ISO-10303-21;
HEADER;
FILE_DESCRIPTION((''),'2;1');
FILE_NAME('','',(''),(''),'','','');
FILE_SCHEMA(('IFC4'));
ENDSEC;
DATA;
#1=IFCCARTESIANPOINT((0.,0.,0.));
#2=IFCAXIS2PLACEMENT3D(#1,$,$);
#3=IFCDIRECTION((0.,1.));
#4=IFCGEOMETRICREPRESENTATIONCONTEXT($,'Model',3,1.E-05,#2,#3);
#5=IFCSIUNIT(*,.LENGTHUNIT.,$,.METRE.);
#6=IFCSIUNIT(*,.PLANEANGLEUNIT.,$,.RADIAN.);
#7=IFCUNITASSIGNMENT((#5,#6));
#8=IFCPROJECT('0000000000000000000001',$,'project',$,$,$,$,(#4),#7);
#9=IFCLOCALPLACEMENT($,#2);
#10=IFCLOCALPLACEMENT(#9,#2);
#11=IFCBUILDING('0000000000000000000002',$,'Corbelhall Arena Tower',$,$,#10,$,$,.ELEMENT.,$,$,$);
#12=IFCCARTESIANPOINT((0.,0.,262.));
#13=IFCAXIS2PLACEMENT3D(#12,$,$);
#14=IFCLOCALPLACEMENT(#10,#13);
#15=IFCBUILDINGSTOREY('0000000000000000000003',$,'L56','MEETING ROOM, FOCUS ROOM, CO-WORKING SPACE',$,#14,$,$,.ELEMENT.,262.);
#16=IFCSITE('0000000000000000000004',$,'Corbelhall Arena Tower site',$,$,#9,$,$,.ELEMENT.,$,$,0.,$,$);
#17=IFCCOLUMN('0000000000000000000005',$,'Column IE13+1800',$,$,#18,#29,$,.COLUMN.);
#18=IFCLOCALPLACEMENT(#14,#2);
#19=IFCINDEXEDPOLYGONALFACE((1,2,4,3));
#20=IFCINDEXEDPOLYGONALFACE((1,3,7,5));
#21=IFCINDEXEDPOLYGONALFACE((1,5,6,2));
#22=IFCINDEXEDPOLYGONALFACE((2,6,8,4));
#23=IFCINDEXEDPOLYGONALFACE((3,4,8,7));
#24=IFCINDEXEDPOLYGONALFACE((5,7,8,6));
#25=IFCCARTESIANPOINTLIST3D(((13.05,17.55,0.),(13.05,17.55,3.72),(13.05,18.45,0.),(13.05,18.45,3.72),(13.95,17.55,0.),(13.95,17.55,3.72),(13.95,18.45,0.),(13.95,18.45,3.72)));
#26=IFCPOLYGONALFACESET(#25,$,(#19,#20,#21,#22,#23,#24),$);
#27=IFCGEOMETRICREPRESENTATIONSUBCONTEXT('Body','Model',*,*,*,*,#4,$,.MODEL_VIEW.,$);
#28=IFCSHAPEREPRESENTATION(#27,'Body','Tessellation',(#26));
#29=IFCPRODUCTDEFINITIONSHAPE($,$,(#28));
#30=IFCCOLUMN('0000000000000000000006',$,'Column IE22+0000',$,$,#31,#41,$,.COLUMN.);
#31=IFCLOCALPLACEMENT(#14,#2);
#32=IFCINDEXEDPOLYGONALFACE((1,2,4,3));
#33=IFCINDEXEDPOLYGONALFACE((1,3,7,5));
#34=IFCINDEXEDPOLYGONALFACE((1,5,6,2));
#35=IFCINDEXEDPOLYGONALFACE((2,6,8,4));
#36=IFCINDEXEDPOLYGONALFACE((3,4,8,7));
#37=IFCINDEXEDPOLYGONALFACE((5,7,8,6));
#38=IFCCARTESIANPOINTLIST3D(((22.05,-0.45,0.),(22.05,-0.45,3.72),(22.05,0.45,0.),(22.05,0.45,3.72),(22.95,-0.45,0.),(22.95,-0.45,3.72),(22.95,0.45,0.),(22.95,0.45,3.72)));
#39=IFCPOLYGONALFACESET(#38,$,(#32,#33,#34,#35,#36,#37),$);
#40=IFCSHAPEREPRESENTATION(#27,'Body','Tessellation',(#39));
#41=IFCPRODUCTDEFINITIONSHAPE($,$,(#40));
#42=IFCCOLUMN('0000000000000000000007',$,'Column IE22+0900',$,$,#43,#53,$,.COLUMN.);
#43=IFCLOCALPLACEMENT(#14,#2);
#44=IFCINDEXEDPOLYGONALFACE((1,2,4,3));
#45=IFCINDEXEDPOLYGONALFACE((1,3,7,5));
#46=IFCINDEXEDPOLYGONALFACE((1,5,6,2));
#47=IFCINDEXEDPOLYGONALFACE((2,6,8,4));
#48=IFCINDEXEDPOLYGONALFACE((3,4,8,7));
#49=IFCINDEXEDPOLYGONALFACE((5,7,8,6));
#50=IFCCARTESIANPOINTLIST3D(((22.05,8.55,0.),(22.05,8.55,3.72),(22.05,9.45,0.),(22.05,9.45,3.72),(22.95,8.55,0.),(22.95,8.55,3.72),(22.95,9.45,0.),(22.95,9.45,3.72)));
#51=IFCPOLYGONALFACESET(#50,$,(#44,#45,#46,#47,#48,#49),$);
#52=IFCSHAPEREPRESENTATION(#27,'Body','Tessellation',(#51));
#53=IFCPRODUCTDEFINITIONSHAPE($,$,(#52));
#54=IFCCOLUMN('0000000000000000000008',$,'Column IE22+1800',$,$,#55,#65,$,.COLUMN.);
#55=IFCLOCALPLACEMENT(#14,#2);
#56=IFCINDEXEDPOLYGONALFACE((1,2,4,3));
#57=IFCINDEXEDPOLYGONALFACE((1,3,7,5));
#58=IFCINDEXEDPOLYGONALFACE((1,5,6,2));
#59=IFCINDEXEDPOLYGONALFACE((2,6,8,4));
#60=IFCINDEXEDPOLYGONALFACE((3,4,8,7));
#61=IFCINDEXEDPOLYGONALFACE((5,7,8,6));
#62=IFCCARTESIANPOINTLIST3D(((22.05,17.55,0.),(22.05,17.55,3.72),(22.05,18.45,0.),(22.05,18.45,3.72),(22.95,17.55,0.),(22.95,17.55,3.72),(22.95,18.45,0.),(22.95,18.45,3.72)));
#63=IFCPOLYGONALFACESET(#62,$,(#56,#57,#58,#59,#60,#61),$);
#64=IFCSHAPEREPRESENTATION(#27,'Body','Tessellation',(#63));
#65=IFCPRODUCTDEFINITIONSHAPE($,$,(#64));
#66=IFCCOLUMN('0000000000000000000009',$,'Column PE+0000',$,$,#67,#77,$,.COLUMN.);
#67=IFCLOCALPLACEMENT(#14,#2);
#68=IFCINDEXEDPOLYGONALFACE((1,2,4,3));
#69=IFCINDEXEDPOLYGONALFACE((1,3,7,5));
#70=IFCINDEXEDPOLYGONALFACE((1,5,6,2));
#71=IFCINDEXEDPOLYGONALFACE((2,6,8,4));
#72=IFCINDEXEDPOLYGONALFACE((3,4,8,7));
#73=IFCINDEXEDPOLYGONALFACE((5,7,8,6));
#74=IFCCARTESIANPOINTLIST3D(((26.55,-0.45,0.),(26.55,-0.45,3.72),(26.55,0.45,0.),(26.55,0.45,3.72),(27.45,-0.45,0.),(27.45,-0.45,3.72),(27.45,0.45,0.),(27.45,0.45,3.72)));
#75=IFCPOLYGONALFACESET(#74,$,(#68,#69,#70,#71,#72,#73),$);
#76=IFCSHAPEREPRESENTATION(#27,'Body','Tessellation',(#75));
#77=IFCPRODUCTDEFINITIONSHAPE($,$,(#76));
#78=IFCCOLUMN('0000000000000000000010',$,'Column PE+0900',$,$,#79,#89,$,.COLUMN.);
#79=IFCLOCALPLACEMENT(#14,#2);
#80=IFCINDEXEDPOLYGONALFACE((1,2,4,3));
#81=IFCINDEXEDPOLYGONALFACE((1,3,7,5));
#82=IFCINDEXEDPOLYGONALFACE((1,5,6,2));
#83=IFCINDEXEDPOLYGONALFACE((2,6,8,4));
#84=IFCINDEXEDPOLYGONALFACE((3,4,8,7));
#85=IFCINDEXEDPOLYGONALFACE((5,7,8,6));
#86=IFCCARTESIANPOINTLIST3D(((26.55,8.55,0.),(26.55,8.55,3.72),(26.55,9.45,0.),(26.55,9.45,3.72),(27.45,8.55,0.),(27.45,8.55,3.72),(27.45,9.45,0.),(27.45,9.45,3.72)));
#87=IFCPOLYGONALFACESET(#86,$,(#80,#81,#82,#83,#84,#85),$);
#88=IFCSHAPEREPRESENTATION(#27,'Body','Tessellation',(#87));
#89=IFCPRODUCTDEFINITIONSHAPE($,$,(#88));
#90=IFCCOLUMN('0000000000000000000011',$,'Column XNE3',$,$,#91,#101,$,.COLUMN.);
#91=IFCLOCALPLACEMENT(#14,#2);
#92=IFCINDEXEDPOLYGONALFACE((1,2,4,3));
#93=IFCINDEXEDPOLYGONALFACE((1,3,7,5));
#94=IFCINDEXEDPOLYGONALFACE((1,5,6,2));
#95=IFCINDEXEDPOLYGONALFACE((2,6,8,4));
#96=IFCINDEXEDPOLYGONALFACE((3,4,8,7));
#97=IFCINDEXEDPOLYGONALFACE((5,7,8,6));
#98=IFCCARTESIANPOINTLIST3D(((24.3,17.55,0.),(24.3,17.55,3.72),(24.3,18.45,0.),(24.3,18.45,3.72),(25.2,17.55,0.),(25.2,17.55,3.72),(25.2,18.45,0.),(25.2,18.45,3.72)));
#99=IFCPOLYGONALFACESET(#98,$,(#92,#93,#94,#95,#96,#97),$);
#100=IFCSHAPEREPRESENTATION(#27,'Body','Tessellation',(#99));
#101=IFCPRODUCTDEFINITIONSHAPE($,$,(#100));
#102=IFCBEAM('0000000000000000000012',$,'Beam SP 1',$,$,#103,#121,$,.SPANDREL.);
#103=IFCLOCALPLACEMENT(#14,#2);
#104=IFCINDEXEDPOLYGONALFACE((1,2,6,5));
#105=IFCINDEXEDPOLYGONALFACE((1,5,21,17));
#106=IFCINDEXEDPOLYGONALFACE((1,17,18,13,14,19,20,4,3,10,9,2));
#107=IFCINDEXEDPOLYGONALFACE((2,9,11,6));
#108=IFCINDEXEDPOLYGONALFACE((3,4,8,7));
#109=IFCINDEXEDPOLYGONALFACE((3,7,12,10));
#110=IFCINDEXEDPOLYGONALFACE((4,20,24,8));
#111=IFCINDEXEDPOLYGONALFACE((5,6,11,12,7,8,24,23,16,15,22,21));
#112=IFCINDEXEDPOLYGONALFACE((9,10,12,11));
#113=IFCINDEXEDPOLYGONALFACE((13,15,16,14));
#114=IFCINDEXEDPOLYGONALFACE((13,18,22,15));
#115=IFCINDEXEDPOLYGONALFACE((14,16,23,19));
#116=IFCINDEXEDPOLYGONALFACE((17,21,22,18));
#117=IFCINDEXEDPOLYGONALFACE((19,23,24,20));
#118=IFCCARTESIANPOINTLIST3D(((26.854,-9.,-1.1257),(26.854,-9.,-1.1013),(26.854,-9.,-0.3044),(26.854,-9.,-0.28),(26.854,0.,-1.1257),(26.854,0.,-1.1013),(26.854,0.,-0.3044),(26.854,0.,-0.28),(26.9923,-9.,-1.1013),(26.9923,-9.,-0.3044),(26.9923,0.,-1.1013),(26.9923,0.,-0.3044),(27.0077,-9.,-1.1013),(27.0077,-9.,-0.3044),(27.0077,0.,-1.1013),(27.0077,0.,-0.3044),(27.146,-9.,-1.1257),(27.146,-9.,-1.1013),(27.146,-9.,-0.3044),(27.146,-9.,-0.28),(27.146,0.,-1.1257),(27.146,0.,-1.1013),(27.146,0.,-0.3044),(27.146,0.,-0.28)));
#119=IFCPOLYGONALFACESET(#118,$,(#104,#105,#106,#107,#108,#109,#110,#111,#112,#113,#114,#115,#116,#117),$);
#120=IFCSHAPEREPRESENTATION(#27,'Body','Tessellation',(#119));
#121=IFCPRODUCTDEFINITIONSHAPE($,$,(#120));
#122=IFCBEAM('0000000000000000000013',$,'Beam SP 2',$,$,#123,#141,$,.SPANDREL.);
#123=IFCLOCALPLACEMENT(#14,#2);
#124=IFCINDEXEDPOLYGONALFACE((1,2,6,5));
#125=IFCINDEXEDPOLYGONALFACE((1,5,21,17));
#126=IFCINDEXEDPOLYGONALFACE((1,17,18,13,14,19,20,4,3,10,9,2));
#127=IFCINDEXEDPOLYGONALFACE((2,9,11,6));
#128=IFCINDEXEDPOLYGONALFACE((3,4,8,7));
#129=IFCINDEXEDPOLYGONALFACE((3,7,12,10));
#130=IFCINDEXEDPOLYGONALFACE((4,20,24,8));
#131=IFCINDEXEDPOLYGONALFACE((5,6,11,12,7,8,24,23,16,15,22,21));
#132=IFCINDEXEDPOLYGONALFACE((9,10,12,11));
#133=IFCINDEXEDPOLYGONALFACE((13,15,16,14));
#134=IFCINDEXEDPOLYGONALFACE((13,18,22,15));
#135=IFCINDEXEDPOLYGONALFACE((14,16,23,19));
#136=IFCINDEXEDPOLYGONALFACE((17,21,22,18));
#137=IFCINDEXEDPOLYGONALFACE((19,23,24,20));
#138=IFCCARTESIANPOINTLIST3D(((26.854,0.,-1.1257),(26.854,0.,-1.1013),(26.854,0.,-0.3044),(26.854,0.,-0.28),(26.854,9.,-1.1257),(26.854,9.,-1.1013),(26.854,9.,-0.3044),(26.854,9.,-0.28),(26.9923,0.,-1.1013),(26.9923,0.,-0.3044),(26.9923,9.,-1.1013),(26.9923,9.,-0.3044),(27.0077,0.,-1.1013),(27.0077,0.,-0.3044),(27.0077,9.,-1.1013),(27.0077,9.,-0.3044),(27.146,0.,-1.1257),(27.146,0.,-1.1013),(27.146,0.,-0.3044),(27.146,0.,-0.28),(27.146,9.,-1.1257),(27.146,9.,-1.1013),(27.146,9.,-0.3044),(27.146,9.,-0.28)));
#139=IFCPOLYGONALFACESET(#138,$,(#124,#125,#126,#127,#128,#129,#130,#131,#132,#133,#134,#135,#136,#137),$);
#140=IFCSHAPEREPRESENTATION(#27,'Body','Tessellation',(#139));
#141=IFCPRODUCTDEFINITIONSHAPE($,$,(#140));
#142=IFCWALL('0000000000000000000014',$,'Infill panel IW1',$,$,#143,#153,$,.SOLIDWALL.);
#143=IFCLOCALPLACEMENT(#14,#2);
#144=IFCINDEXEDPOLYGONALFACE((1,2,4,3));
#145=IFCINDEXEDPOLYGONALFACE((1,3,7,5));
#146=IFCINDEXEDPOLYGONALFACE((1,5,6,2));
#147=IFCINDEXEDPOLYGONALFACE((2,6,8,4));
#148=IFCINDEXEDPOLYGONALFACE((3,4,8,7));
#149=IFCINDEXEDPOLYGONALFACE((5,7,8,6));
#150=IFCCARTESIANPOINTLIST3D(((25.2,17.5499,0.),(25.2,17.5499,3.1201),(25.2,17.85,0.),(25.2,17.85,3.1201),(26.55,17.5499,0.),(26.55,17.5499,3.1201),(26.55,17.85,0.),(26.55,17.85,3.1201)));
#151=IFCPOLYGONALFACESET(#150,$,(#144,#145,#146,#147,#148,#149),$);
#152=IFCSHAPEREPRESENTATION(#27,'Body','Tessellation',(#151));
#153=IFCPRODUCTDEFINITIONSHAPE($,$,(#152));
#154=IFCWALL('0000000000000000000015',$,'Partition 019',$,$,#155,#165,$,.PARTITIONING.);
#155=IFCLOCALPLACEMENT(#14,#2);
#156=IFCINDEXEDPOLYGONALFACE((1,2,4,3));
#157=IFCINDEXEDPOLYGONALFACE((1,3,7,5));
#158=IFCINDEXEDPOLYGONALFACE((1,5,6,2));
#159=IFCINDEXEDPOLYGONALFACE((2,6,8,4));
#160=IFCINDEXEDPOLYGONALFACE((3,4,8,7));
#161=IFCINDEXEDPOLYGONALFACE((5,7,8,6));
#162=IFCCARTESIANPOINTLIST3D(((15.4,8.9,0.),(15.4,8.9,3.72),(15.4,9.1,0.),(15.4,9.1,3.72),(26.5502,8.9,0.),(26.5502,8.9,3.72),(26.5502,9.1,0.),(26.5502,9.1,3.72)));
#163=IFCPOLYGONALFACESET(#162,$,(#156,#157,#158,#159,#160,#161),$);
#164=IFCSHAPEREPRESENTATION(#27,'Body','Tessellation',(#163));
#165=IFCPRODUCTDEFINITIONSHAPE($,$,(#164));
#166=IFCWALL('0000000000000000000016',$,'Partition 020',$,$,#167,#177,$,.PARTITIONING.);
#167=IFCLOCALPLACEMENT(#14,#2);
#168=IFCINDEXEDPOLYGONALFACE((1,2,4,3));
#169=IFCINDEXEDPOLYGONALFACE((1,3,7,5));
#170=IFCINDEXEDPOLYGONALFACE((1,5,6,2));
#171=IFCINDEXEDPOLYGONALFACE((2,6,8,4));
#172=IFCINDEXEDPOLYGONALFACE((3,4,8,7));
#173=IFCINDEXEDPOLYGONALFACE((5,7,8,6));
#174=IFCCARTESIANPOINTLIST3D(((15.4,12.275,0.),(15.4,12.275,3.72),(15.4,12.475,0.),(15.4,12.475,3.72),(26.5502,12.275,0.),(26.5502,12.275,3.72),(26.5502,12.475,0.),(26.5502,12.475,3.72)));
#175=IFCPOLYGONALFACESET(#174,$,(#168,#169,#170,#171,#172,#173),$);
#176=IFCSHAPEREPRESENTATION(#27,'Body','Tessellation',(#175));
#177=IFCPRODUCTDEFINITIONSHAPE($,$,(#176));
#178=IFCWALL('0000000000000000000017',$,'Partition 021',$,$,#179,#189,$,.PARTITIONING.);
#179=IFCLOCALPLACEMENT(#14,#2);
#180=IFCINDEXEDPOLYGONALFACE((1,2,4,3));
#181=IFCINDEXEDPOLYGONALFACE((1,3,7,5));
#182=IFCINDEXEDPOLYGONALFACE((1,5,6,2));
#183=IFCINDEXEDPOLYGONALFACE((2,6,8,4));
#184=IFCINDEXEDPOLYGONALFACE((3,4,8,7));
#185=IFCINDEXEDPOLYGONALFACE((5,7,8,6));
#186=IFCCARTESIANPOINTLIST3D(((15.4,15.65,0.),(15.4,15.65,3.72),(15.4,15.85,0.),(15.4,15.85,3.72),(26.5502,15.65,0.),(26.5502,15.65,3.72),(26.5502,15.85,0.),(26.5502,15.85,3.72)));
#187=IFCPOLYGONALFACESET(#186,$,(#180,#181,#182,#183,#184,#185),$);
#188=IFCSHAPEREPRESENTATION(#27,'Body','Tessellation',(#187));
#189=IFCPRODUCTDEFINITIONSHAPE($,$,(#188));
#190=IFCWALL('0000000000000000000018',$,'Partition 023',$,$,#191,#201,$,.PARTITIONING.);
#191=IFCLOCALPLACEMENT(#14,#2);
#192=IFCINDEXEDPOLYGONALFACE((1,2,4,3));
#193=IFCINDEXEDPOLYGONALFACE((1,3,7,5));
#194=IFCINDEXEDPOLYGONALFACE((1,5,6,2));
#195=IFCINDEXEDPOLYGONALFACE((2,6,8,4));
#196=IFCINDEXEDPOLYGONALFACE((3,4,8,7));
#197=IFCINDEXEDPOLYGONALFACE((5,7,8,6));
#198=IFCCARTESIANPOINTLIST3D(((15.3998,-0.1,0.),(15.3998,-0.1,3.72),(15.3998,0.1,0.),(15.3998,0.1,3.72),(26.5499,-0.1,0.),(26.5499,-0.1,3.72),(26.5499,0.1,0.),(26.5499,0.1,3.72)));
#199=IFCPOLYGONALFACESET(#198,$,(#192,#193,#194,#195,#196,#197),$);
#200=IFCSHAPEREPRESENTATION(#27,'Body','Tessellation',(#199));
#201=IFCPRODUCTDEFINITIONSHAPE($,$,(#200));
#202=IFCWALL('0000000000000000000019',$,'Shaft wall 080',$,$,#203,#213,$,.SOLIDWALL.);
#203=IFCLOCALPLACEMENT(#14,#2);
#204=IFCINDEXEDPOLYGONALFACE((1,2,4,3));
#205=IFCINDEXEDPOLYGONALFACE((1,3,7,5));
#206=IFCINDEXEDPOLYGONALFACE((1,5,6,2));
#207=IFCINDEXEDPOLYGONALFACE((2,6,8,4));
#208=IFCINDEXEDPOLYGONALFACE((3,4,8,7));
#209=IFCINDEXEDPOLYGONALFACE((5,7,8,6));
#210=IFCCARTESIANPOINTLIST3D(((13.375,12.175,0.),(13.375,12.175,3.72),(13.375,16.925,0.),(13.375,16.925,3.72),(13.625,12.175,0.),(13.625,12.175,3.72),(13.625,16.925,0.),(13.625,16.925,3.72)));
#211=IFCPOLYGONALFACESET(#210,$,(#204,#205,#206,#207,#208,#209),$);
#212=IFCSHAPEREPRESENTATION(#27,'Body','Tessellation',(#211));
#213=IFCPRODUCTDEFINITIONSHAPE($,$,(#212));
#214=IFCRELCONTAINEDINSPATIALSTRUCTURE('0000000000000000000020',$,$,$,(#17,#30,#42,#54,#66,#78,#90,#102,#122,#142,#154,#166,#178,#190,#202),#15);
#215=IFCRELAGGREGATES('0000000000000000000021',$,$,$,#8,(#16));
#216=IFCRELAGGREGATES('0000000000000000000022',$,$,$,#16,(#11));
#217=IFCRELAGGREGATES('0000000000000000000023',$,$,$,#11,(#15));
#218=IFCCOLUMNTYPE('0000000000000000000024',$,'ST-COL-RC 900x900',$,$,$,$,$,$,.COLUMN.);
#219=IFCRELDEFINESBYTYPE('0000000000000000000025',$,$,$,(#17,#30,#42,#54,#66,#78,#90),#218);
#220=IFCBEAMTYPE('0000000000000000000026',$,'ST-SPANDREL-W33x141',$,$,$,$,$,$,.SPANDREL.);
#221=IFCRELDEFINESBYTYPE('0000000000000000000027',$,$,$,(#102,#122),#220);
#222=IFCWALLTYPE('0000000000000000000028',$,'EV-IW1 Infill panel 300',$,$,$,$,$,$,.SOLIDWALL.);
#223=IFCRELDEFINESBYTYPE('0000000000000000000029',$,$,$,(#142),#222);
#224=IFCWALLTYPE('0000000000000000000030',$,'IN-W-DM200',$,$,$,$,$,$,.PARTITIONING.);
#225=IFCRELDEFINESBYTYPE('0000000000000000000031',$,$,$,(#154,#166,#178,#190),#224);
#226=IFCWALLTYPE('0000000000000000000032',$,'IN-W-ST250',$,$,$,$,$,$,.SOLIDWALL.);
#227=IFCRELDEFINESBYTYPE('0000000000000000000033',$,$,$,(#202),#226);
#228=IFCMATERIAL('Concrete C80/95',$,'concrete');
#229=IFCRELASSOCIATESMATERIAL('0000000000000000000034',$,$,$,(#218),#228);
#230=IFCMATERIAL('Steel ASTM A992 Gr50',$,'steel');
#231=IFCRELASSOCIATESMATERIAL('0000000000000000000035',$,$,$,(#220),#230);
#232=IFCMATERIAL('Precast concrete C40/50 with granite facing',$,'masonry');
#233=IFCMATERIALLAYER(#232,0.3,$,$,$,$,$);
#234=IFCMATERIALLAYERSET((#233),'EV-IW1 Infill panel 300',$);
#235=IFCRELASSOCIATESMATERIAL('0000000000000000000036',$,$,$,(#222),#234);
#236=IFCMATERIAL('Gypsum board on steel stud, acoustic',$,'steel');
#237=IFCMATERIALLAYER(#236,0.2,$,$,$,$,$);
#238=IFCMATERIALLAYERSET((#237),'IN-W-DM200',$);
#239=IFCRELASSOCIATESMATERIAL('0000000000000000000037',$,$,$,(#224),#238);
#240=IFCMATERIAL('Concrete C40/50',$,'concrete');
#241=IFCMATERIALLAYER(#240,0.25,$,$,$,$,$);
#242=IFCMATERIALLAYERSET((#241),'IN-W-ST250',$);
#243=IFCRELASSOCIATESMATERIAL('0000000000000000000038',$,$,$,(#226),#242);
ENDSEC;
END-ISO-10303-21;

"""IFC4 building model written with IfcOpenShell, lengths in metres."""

from ifc_helpers import new_model, si_unit, direction, frame, frame_2d, origin, origin_2d, place, context, subcontext, project, spatial, rectangle, i_section, extrude, material, layer, layer_set, material_profile, profile_set, type_object, element, save


model = new_model("IFC4")

# Units and contexts
model_context = context("Model", 3, precision=1e-05, world=origin(), true_north=direction((0.0, 1.0)))
body_context = subcontext(model_context, "Body", "Model", "MODEL_VIEW")
ifc_project = project(units=[si_unit("LENGTHUNIT", "METRE"), si_unit("PLANEANGLEUNIT", "RADIAN")], contexts=[model_context])

# Site, building, storey
site_placement = place(None, origin())
site = spatial("IfcSite", under=ifc_project, at=site_placement, Name="Corbelhall Arena Tower site", CompositionType="ELEMENT", RefElevation=0.0)
building_placement = place(site_placement, origin())
building = spatial("IfcBuilding", under=site, at=building_placement, Name="Corbelhall Arena Tower", CompositionType="ELEMENT")
storey_placement = place(building_placement, frame((0.0, 0.0, 262.0)))
storey = spatial("IfcBuildingStorey", under=building, at=storey_placement, Name="L56", Description="MEETING ROOM, FOCUS ROOM, CO-WORKING SPACE", CompositionType="ELEMENT", Elevation=262.0)

# Columns
ifc_material_1 = material(Name="Concrete C80/95", Category="concrete")
ifc_material_profile_1 = material_profile(ifc_material_1, rectangle(XDim=0.8999, YDim=0.8999, at=origin_2d()))
ifc_profile_set_1 = profile_set([ifc_material_profile_1], Name="Concrete C80/95")
column_type = type_object("IfcColumnType", Name="ST-COL-RC 900x900", PredefinedType="COLUMN", material=ifc_profile_set_1)
for number, where, z_axis, x_axis, name in (
    (1, (13.5, 18.0, 0.0), (0.0, 0.0, 1.0), (1.0, 0.0, 0.0), "Column IE13+1800"),
    (2, (22.5, 0.0, 0.0), (0.0, 0.0, 1.0), (1.0, 0.0, 0.0), "Column IE22+0000"),
    (3, (22.5, 9.0, 0.0), (0.0, 0.0, 1.0), (1.0, 0.0, 0.0), "Column IE22+0900"),
    (4, (22.5, 18.0, 0.0), (0.0, 0.0, 1.0), (1.0, 0.0, 0.0), "Column IE22+1800"),
    (5, (27.0, 0.0, 0.0), (0.0, 0.0, 1.0), (0.0, 1.0, 0.0), "Column PE+0000"),
    (6, (27.0, 9.0, 0.0), (0.0, 0.0, 1.0), (0.0, 1.0, 0.0), "Column PE+0900"),
    (7, (24.75, 18.0, 0.0), (0.0, 0.0, 1.0), (1.0, 0.0, 0.0), "Column XNE3"),
):
    element("IfcColumn", number, at=place(storey_placement, frame(where, z_axis=z_axis, x_axis=x_axis)), inside=storey, type_object=column_type, Name=name, PredefinedType="COLUMN", context=body_context, shape_type="SweptSolid", body=[
        extrude(rectangle(XDim=0.8999, YDim=0.8999, at=origin_2d()), origin(), (0.0, 0.0, 1.0), 3.72),
    ])

# Beams
ifc_material_2 = material(Name="Steel ASTM A992 Gr50", Category="steel")
ifc_material_profile_2 = material_profile(ifc_material_2, i_section(OverallWidth=0.292, OverallDepth=0.8457, WebThickness=0.0154, FlangeThickness=0.0244, at=origin_2d()))
ifc_profile_set_2 = profile_set([ifc_material_profile_2], Name="Steel ASTM A992 Gr50")
beam_type = type_object("IfcBeamType", Name="ST-SPANDREL-W33x141", PredefinedType="SPANDREL", material=ifc_profile_set_2)
for number, where, z_axis, x_axis, name in (
    (8, (27.0, 0.0, -0.7029), (0.0, -1.0, 0.0), (1.0, 0.0, 0.0), "Beam SP 1"),
    (9, (27.0, 9.0, -0.7029), (0.0, -1.0, 0.0), (1.0, 0.0, 0.0), "Beam SP 2"),
):
    element("IfcBeam", number, at=place(storey_placement, frame(where, z_axis=z_axis, x_axis=x_axis)), inside=storey, type_object=beam_type, Name=name, PredefinedType="SPANDREL", context=body_context, shape_type="SweptSolid", body=[
        extrude(i_section(OverallWidth=0.292, OverallDepth=0.8457, WebThickness=0.0154, FlangeThickness=0.0244, at=origin_2d()), origin(), (0.0, 0.0, 1.0), 9.0),
    ])

# Shared definitions
ifc_material_3 = material(Name="Precast concrete C40/50 with granite facing", Category="masonry")
ifc_layer_1 = layer(ifc_material_3, 0.3)
ifc_layer_set_1 = layer_set([ifc_layer_1], Name="EV-IW1 Infill panel 300")
wall_type_1 = type_object("IfcWallType", Name="EV-IW1 Infill panel 300", PredefinedType="SOLIDWALL", material=ifc_layer_set_1)

# Wall
wall_1_placement = place(storey_placement, frame((26.55, 17.7, 0.0), z_axis=(0.0, 0.0, 1.0), x_axis=(-1.0, 0.0, 0.0)))
element("IfcWall", 10, at=wall_1_placement, inside=storey, type_object=wall_type_1, Name="Infill panel IW1", PredefinedType="SOLIDWALL", context=body_context, shape_type="SweptSolid", body=[
    extrude(rectangle(XDim=1.3501, YDim=0.3, at=frame_2d((0.675, 0.0))), origin(), (0.0, 0.0, 1.0), 3.1201),
])

# Shared definitions
ifc_material_4 = material(Name="Gypsum board on steel stud, acoustic", Category="steel")
ifc_layer_2 = layer(ifc_material_4, 0.2)
ifc_layer_set_2 = layer_set([ifc_layer_2], Name="IN-W-DM200")
wall_type_2 = type_object("IfcWallType", Name="IN-W-DM200", PredefinedType="PARTITIONING", material=ifc_layer_set_2)

# Walls
for number, where, z_axis, x_axis, name in (
    (11, (15.3999, 9.0, 0.0), (0.0, 0.0, 1.0), (1.0, 0.0, 0.0), "Partition 019"),
    (12, (15.3999, 12.375, 0.0), (0.0, 0.0, 1.0), (1.0, 0.0, 0.0), "Partition 020"),
    (13, (15.3999, 15.75, 0.0), (0.0, 0.0, 1.0), (1.0, 0.0, 0.0), "Partition 021"),
    (14, (26.55, 0.0, 0.0), (0.0, 0.0, 1.0), (-1.0, 0.0, 0.0), "Partition 023"),
):
    element("IfcWall", number, at=place(storey_placement, frame(where, z_axis=z_axis, x_axis=x_axis)), inside=storey, type_object=wall_type_2, Name=name, PredefinedType="PARTITIONING", context=body_context, shape_type="SweptSolid", body=[
        extrude(rectangle(XDim=11.1501, YDim=0.2, at=frame_2d((5.5752, 0.0))), origin(), (0.0, 0.0, 1.0), 3.72),
    ])

# Wall
ifc_material_5 = material(Name="Concrete C40/50", Category="concrete")
ifc_layer_3 = layer(ifc_material_5, 0.25)
ifc_layer_set_3 = layer_set([ifc_layer_3], Name="IN-W-ST250")
wall_type_3 = type_object("IfcWallType", Name="IN-W-ST250", PredefinedType="SOLIDWALL", material=ifc_layer_set_3)
wall_2_placement = place(storey_placement, frame((13.5, 12.175, 0.0), z_axis=(0.0, 0.0, 1.0), x_axis=(0.0, 1.0, 0.0)))
element("IfcWall", 15, at=wall_2_placement, inside=storey, type_object=wall_type_3, Name="Shaft wall 080", PredefinedType="SOLIDWALL", context=body_context, shape_type="SweptSolid", body=[
    extrude(rectangle(XDim=4.75, YDim=0.25, at=frame_2d((2.375, 0.0))), origin(), (0.0, 0.0, 1.0), 3.72),
])

save(model, "model.ifc")
